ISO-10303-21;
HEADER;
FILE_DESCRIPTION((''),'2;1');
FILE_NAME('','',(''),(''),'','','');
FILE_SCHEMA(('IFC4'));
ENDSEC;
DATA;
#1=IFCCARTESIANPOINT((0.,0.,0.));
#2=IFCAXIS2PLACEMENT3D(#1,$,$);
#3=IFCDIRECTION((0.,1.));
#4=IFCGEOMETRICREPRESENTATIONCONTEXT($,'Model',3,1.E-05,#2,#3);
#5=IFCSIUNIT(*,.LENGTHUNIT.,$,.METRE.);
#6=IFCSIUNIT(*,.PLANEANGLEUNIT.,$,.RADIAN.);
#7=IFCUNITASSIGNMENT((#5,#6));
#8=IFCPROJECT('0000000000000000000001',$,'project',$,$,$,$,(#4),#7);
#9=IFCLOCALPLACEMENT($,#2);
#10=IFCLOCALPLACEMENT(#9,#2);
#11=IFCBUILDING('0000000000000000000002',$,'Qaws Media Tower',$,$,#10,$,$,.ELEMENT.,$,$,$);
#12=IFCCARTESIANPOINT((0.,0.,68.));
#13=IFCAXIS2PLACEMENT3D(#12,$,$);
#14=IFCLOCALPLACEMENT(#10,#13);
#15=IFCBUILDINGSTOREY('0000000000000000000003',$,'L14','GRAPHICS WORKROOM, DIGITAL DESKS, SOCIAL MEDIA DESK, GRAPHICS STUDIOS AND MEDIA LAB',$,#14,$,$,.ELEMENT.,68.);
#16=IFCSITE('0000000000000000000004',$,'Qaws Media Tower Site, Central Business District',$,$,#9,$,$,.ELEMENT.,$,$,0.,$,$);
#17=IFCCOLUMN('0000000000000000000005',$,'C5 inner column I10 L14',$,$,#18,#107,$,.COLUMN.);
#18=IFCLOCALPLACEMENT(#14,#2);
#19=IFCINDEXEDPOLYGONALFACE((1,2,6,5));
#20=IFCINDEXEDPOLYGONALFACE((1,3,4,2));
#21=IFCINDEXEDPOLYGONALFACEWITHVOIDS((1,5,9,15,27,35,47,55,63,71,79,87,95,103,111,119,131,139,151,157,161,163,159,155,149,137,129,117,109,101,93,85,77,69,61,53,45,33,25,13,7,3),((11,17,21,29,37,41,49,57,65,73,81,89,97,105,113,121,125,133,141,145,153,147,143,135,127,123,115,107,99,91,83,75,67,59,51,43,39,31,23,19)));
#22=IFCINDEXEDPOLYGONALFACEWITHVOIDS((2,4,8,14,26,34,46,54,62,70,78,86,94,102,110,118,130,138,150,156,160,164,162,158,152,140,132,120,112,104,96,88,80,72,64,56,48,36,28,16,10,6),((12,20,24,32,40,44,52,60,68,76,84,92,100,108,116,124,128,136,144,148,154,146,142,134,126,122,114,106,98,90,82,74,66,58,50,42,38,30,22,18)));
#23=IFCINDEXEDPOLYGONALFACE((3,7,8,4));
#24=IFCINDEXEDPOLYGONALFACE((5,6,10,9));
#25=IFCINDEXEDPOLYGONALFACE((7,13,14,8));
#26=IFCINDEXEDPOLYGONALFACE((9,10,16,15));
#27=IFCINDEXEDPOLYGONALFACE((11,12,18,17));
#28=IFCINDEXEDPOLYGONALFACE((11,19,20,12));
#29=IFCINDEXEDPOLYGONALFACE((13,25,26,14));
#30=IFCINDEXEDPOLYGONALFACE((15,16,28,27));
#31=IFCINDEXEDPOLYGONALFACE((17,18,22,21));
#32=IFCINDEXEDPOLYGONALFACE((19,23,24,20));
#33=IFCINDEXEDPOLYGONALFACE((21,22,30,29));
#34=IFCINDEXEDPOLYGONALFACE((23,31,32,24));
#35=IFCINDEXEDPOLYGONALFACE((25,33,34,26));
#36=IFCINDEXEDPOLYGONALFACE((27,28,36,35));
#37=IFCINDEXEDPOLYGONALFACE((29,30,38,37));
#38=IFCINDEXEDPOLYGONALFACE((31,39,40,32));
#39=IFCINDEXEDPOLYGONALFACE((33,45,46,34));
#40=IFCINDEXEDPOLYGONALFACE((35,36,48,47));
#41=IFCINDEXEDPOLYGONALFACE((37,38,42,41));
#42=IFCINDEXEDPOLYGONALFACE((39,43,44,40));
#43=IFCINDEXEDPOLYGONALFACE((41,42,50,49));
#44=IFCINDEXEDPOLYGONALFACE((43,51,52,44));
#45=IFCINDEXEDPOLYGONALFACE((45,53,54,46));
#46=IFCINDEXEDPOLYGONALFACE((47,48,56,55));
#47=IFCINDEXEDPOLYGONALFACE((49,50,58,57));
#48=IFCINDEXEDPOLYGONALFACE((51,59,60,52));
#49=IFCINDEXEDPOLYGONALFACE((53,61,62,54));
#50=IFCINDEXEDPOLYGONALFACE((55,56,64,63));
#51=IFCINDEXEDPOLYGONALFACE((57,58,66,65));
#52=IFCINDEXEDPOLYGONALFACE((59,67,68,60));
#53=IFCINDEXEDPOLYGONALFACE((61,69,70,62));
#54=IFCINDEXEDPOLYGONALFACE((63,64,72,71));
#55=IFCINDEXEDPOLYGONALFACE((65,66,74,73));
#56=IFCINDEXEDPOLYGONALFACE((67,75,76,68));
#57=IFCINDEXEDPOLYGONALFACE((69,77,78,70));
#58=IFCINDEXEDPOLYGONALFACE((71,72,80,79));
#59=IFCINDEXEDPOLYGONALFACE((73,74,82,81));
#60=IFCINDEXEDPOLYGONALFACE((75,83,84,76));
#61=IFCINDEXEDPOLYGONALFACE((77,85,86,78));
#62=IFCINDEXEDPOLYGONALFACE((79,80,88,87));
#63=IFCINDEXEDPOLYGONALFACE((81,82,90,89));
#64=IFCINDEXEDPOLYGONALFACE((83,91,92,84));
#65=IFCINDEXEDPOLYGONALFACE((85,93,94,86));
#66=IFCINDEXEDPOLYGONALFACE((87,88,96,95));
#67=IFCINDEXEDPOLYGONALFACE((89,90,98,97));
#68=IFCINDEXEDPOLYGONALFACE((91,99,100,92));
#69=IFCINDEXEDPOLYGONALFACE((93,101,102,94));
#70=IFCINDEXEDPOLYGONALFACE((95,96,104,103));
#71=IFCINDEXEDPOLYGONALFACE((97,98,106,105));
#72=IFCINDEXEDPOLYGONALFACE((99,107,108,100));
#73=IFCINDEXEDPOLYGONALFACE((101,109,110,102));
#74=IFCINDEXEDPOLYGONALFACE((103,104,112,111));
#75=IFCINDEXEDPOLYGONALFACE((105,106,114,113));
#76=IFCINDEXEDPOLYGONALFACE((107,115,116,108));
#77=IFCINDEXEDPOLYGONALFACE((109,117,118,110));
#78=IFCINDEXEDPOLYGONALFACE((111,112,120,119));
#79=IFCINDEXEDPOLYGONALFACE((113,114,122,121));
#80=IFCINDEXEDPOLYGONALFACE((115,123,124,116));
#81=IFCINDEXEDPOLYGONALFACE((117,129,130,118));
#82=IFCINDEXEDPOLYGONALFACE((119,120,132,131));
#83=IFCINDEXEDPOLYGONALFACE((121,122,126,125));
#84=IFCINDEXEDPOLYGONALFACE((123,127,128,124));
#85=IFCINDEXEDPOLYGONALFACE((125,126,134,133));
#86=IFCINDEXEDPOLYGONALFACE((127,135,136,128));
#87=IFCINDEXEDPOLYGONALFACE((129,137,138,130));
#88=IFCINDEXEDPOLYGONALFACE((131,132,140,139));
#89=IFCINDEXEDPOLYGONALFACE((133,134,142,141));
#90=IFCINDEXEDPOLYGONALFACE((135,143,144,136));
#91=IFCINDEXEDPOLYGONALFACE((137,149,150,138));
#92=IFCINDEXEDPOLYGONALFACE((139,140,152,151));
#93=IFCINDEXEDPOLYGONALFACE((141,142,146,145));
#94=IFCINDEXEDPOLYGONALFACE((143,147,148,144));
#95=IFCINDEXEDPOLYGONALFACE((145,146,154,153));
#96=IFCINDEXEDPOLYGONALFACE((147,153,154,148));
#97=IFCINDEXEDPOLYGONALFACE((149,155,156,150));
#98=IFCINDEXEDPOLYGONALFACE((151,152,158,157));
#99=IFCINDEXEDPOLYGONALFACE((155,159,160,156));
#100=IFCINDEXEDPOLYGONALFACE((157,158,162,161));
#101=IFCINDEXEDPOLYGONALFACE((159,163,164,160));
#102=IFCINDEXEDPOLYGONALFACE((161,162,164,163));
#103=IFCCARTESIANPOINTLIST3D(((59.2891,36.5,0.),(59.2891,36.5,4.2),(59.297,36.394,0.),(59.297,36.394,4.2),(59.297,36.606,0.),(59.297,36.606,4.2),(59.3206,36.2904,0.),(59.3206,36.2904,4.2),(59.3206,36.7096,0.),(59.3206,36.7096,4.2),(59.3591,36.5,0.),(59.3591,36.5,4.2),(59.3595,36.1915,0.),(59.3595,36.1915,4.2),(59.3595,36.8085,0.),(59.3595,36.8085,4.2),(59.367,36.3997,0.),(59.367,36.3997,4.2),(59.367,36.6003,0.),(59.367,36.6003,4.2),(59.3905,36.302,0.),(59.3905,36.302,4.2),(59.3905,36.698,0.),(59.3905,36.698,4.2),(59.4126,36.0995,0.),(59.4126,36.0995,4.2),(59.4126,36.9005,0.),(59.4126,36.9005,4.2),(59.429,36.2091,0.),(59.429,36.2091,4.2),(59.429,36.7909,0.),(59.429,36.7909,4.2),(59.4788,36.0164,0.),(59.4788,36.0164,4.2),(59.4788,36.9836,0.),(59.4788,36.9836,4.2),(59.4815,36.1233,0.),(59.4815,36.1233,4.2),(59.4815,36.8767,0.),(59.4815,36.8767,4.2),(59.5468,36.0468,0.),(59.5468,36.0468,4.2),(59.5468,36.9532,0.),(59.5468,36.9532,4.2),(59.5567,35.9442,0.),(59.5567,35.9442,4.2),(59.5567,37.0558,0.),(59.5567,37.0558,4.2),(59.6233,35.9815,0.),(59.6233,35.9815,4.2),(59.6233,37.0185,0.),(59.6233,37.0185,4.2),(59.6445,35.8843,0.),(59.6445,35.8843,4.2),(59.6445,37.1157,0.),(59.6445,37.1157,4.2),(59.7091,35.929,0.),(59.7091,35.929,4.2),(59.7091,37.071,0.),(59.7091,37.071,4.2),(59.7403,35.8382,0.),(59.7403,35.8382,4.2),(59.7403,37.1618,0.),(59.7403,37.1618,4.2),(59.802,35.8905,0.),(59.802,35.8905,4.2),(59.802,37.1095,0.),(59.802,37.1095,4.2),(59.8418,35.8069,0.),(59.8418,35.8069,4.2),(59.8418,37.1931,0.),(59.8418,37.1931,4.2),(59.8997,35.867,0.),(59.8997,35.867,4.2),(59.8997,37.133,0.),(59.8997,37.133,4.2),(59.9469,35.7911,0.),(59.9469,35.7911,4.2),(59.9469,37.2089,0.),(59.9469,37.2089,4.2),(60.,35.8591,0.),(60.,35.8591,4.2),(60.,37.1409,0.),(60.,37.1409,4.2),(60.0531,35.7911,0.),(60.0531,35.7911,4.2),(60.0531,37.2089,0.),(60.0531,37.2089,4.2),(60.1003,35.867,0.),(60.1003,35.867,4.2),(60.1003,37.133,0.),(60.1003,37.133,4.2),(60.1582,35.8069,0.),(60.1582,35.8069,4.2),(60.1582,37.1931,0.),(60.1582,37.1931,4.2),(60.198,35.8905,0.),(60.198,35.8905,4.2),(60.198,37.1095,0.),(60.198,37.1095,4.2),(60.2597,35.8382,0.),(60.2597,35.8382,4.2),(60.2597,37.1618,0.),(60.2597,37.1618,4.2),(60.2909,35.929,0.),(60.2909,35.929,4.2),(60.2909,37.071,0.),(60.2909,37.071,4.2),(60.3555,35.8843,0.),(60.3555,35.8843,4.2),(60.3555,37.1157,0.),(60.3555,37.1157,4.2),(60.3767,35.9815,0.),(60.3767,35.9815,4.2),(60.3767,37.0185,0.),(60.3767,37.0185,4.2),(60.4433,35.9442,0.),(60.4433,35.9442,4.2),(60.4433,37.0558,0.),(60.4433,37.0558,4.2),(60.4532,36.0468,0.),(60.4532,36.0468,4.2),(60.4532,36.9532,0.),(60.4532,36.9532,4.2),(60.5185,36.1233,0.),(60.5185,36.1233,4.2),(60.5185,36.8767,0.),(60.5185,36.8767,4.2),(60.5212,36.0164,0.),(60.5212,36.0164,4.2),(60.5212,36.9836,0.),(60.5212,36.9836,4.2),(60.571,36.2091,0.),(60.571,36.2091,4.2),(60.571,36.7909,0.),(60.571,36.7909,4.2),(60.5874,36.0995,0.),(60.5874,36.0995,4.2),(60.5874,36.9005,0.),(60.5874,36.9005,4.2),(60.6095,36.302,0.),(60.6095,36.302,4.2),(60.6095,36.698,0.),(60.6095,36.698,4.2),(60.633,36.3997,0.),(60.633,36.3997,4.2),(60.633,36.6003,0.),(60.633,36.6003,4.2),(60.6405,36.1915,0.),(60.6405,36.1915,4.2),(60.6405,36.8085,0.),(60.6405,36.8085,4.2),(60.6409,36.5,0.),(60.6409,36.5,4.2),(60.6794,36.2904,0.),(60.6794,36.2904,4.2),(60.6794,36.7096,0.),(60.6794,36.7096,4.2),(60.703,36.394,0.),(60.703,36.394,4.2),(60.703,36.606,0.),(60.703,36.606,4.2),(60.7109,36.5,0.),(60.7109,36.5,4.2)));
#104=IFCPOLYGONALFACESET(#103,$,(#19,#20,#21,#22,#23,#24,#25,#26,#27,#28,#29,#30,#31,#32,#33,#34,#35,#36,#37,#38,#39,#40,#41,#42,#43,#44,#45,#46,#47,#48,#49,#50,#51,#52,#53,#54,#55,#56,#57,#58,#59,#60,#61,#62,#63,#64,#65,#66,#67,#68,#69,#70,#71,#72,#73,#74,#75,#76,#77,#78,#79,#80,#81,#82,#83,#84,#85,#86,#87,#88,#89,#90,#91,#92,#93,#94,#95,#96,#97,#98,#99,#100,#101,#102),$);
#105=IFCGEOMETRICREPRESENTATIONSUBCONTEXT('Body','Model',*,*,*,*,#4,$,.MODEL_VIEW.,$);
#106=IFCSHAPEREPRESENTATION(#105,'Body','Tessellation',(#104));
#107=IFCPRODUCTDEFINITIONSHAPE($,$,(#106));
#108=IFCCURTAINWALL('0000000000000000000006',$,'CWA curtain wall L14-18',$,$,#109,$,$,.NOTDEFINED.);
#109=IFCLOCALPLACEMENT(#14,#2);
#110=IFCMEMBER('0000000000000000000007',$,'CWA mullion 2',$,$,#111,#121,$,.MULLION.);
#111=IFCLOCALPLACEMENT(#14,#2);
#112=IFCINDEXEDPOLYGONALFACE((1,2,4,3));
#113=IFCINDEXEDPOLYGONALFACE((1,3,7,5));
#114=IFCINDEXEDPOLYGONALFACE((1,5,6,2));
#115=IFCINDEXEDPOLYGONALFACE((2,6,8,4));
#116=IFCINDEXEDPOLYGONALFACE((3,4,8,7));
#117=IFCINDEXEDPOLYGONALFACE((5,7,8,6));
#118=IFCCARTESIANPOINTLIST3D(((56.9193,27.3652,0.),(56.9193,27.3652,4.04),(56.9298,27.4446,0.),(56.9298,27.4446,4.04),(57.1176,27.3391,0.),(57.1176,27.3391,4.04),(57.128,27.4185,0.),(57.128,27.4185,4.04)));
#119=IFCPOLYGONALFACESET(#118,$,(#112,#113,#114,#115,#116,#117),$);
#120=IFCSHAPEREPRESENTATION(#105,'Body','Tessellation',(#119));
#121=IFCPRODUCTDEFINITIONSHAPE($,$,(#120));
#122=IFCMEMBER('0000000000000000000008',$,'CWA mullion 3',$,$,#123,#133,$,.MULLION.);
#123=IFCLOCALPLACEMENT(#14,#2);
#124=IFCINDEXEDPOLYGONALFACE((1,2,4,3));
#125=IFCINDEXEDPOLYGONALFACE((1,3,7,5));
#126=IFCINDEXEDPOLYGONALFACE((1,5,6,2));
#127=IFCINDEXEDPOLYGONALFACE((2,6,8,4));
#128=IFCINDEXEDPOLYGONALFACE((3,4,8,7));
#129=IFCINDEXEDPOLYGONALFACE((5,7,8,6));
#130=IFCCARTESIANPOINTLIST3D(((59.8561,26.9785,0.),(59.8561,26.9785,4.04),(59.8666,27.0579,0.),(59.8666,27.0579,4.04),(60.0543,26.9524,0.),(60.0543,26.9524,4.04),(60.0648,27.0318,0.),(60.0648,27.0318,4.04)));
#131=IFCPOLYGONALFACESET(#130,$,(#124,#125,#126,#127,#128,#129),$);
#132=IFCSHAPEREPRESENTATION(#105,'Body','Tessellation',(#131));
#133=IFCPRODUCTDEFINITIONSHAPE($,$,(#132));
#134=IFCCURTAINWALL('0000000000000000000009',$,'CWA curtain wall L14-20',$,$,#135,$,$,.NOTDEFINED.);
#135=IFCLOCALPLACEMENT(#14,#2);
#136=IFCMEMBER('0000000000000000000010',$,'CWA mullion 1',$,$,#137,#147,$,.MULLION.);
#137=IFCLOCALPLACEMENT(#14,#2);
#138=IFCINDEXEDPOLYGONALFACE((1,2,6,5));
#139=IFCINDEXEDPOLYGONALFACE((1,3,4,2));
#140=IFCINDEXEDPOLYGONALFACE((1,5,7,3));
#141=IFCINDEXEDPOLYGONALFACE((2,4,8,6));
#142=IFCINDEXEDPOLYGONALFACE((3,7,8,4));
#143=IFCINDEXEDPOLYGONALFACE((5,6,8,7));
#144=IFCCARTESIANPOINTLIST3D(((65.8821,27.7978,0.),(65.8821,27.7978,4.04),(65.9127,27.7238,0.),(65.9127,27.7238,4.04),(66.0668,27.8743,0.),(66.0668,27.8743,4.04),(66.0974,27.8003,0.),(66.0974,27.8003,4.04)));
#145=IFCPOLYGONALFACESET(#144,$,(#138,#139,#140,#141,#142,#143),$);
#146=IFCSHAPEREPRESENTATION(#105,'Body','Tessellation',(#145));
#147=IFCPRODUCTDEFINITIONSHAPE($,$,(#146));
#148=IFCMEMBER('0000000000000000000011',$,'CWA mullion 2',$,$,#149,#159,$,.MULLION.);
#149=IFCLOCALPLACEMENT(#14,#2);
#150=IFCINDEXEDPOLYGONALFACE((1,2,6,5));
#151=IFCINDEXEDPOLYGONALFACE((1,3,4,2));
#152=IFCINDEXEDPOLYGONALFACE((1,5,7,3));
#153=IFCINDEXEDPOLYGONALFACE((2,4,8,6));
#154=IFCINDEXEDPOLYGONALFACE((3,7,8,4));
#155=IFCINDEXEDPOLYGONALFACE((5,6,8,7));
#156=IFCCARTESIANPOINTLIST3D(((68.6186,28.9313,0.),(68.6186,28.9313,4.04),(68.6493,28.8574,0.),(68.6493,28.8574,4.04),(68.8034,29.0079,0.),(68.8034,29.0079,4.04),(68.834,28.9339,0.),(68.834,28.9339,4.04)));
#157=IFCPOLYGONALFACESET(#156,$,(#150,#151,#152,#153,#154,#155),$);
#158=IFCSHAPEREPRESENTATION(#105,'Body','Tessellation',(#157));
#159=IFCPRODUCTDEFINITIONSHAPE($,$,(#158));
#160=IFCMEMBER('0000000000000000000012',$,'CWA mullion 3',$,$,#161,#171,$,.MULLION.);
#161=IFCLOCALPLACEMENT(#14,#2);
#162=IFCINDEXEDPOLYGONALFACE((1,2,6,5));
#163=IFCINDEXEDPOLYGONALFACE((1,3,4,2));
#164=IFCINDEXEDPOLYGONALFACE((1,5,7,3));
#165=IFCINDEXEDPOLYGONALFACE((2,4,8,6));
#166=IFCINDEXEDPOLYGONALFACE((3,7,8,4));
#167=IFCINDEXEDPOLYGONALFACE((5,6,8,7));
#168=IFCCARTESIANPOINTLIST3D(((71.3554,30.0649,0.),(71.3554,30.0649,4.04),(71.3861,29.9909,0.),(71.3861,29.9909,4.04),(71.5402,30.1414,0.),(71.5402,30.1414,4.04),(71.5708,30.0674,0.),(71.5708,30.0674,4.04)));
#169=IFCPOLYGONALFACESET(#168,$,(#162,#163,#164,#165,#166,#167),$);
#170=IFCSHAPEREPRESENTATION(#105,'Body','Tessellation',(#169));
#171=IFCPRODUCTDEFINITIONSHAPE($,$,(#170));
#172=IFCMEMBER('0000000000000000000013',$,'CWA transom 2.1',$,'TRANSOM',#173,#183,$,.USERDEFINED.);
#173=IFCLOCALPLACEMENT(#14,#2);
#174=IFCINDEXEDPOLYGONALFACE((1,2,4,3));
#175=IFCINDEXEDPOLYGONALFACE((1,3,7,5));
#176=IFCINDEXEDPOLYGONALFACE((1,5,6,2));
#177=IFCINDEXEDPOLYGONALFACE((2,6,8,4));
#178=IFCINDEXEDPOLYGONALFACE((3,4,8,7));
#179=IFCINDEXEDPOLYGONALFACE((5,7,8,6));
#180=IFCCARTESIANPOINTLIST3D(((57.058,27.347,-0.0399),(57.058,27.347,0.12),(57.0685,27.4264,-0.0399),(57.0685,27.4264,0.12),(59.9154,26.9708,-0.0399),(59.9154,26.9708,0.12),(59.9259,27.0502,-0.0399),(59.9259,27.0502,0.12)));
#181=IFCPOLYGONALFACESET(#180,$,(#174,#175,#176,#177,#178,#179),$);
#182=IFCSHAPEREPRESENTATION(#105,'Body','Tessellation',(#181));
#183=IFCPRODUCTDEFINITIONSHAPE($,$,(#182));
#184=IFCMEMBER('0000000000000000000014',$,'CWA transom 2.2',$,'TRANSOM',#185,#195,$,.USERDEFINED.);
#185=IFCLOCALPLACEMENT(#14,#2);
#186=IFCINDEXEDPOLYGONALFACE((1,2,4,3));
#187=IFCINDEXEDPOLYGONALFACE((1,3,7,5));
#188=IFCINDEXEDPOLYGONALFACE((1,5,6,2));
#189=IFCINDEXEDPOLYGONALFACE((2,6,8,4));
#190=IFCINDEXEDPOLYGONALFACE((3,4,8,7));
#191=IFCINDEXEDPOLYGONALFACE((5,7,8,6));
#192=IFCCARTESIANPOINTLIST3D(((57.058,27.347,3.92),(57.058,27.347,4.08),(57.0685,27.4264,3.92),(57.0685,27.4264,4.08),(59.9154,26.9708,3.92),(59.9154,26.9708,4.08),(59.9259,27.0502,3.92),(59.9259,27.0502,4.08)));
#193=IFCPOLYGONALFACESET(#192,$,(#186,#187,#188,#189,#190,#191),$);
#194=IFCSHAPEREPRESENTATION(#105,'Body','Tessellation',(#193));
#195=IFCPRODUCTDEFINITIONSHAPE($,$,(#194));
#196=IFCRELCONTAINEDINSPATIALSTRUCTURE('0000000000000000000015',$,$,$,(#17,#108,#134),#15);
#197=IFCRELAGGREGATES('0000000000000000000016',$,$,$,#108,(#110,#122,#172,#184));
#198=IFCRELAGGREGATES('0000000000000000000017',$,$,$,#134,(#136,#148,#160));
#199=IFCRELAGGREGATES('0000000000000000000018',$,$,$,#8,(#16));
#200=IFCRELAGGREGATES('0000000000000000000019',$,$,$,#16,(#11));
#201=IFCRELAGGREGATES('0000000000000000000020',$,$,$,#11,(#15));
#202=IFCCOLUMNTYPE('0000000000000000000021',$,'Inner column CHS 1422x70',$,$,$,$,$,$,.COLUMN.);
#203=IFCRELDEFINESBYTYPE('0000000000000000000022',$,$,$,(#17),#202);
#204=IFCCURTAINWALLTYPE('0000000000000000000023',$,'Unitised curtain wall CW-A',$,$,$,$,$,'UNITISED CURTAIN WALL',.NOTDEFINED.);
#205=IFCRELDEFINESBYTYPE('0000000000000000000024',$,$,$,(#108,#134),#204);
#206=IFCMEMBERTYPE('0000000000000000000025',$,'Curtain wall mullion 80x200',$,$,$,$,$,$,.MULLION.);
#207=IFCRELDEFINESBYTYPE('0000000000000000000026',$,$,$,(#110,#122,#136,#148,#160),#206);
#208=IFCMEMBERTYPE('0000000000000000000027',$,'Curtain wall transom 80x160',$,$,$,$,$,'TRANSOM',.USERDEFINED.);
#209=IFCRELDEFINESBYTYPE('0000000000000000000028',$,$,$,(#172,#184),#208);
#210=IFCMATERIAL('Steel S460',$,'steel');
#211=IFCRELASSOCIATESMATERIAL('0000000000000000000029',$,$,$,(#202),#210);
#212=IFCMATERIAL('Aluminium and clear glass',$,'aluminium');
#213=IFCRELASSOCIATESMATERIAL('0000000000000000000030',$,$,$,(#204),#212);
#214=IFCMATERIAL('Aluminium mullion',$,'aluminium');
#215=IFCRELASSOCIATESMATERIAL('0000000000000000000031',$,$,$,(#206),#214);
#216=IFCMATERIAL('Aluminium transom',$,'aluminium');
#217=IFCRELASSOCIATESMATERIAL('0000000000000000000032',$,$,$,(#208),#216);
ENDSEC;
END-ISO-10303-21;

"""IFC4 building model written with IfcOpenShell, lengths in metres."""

from ifc_helpers import new_model, si_unit, direction, frame, origin, origin_2d, place, context, subcontext, project, spatial, rectangle, hollow_circle, extrude, material, material_profile, profile_set, type_object, element, aggregate, save


model = new_model("IFC4")

# Units and contexts
model_context = context("Model", 3, precision=1e-05, world=origin(), true_north=direction((0.0, 1.0)))
body_context = subcontext(model_context, "Body", "Model", "MODEL_VIEW")
ifc_project = project(units=[si_unit("LENGTHUNIT", "METRE"), si_unit("PLANEANGLEUNIT", "RADIAN")], contexts=[model_context])

# Site, building, storey
site_placement = place(None, origin())
site = spatial("IfcSite", under=ifc_project, at=site_placement, Name="Qaws Media Tower Site, Central Business District", CompositionType="ELEMENT", RefElevation=0.0)
building_placement = place(site_placement, origin())
building = spatial("IfcBuilding", under=site, at=building_placement, Name="Qaws Media Tower", CompositionType="ELEMENT")
storey_placement = place(building_placement, frame((0.0, 0.0, 68.0)))
storey = spatial("IfcBuildingStorey", under=building, at=storey_placement, Name="L14", Description="GRAPHICS WORKROOM, DIGITAL DESKS, SOCIAL MEDIA DESK, GRAPHICS STUDIOS AND MEDIA LAB", CompositionType="ELEMENT", Elevation=68.0)

# Column
ifc_material_1 = material(Name="Steel S460", Category="steel")
ifc_material_profile_1 = material_profile(ifc_material_1, hollow_circle(Radius=0.7109, WallThickness=0.0701, at=origin_2d()), Name="CHS 1422x70")
ifc_profile_set_1 = profile_set([ifc_material_profile_1], Name="Steel S460")
column_type = type_object("IfcColumnType", Name="Inner column CHS 1422x70", PredefinedType="COLUMN", material=ifc_profile_set_1)
column_placement = place(storey_placement, frame((60.0, 36.5, 0.0), z_axis=(0.0, 0.0, 1.0), x_axis=(1.0, 0.0, 0.0)))
element("IfcColumn", 1, at=column_placement, inside=storey, type_object=column_type, Name="C5 inner column I10 L14", PredefinedType="COLUMN", context=body_context, shape_type="SweptSolid", body=[
    extrude(hollow_circle(Radius=0.7109, WallThickness=0.0701, at=origin_2d()), origin(), (0.0, 0.0, 1.0), 4.2),
])

# Curtain walls, members
ifc_material_2 = material(Name="Aluminium and clear glass", Category="aluminium")
curtain_wall_type = type_object("IfcCurtainWallType", Name="Unitised curtain wall CW-A", ElementType="UNITISED CURTAIN WALL", PredefinedType="NOTDEFINED", material=ifc_material_2)
curtain_wall_1_placement = place(storey_placement, origin())
curtain_wall_1 = element("IfcCurtainWall", 2, at=curtain_wall_1_placement, inside=storey, type_object=curtain_wall_type, Name="CWA curtain wall L14-18", PredefinedType="NOTDEFINED")
ifc_material_3 = material(Name="Aluminium mullion", Category="aluminium")
ifc_material_profile_2 = material_profile(ifc_material_3, rectangle(XDim=0.0801, YDim=0.2, at=origin_2d()), Name="80x200")
ifc_profile_set_2 = profile_set([ifc_material_profile_2], Name="Aluminium mullion")
member_type_1 = type_object("IfcMemberType", Name="Curtain wall mullion 80x200", PredefinedType="MULLION", material=ifc_profile_set_2)
member_1_placement = place(storey_placement, frame((57.0237, 27.3918, 0.0), z_axis=(0.0, 0.0, 1.0), x_axis=(0.130526, 0.991445, 0.0)))
member_1 = element("IfcMember", 3, at=member_1_placement, type_object=member_type_1, Name="CWA mullion 2", PredefinedType="MULLION", context=body_context, shape_type="SweptSolid", body=[
    extrude(rectangle(XDim=0.0801, YDim=0.2, at=origin_2d()), origin(), (0.0, 0.0, 1.0), 4.04),
])
member_2_placement = place(storey_placement, frame((59.9604, 27.0051, 0.0), z_axis=(0.0, 0.0, 1.0), x_axis=(0.130526, 0.991445, 0.0)))
member_2 = element("IfcMember", 4, at=member_2_placement, type_object=member_type_1, Name="CWA mullion 3", PredefinedType="MULLION", context=body_context, shape_type="SweptSolid", body=[
    extrude(rectangle(XDim=0.0801, YDim=0.2, at=origin_2d()), origin(), (0.0, 0.0, 1.0), 4.04),
])
curtain_wall_2_placement = place(storey_placement, origin())
curtain_wall_2 = element("IfcCurtainWall", 5, at=curtain_wall_2_placement, inside=storey, type_object=curtain_wall_type, Name="CWA curtain wall L14-20", PredefinedType="NOTDEFINED")
member_3_placement = place(storey_placement, frame((65.9897, 27.7991, 0.0), z_axis=(0.0, 0.0, 1.0), x_axis=(-0.382683, 0.92388, 0.0)))
member_3 = element("IfcMember", 6, at=member_3_placement, type_object=member_type_1, Name="CWA mullion 1", PredefinedType="MULLION", context=body_context, shape_type="SweptSolid", body=[
    extrude(rectangle(XDim=0.0801, YDim=0.2, at=origin_2d()), origin(), (0.0, 0.0, 1.0), 4.04),
])
member_4_placement = place(storey_placement, frame((68.7263, 28.9326, 0.0), z_axis=(0.0, 0.0, 1.0), x_axis=(-0.382683, 0.92388, 0.0)))
member_4 = element("IfcMember", 7, at=member_4_placement, type_object=member_type_1, Name="CWA mullion 2", PredefinedType="MULLION", context=body_context, shape_type="SweptSolid", body=[
    extrude(rectangle(XDim=0.0801, YDim=0.2, at=origin_2d()), origin(), (0.0, 0.0, 1.0), 4.04),
])
member_5_placement = place(storey_placement, frame((71.4631, 30.0662, 0.0), z_axis=(0.0, 0.0, 1.0), x_axis=(-0.382683, 0.92388, 0.0)))
member_5 = element("IfcMember", 8, at=member_5_placement, type_object=member_type_1, Name="CWA mullion 3", PredefinedType="MULLION", context=body_context, shape_type="SweptSolid", body=[
    extrude(rectangle(XDim=0.0801, YDim=0.2, at=origin_2d()), origin(), (0.0, 0.0, 1.0), 4.04),
])

# Members
ifc_material_4 = material(Name="Aluminium transom", Category="aluminium")
ifc_material_profile_3 = material_profile(ifc_material_4, rectangle(XDim=0.0801, YDim=0.1599, at=origin_2d()), Name="80x160")
ifc_profile_set_3 = profile_set([ifc_material_profile_3], Name="Aluminium transom")
member_type_2 = type_object("IfcMemberType", Name="Curtain wall transom 80x160", ElementType="TRANSOM", PredefinedType="USERDEFINED", material=ifc_profile_set_3)
member_6_placement = place(storey_placement, frame((57.0632, 27.3867, 0.04), z_axis=(0.991443, -0.130538, 0.0), x_axis=(0.130538, 0.991443, 0.0)))
member_6 = element("IfcMember", 9, at=member_6_placement, type_object=member_type_2, Name="CWA transom 2.1", ObjectType="TRANSOM", PredefinedType="USERDEFINED", context=body_context, shape_type="SweptSolid", body=[
    extrude(rectangle(XDim=0.0801, YDim=0.1599, at=origin_2d()), origin(), (0.0, 0.0, 1.0), 2.8821),
])
member_7_placement = place(storey_placement, frame((57.0632, 27.3867, 4.0), z_axis=(0.991443, -0.130538, 0.0), x_axis=(0.130538, 0.991443, 0.0)))
member_7 = element("IfcMember", 10, at=member_7_placement, type_object=member_type_2, Name="CWA transom 2.2", ObjectType="TRANSOM", PredefinedType="USERDEFINED", context=body_context, shape_type="SweptSolid", body=[
    extrude(rectangle(XDim=0.0801, YDim=0.1599, at=origin_2d()), origin(), (0.0, 0.0, 1.0), 2.8821),
])

aggregate(curtain_wall_1, [member_1, member_2, member_6, member_7])
aggregate(curtain_wall_2, [member_3, member_4, member_5])

save(model, "model.ifc")
